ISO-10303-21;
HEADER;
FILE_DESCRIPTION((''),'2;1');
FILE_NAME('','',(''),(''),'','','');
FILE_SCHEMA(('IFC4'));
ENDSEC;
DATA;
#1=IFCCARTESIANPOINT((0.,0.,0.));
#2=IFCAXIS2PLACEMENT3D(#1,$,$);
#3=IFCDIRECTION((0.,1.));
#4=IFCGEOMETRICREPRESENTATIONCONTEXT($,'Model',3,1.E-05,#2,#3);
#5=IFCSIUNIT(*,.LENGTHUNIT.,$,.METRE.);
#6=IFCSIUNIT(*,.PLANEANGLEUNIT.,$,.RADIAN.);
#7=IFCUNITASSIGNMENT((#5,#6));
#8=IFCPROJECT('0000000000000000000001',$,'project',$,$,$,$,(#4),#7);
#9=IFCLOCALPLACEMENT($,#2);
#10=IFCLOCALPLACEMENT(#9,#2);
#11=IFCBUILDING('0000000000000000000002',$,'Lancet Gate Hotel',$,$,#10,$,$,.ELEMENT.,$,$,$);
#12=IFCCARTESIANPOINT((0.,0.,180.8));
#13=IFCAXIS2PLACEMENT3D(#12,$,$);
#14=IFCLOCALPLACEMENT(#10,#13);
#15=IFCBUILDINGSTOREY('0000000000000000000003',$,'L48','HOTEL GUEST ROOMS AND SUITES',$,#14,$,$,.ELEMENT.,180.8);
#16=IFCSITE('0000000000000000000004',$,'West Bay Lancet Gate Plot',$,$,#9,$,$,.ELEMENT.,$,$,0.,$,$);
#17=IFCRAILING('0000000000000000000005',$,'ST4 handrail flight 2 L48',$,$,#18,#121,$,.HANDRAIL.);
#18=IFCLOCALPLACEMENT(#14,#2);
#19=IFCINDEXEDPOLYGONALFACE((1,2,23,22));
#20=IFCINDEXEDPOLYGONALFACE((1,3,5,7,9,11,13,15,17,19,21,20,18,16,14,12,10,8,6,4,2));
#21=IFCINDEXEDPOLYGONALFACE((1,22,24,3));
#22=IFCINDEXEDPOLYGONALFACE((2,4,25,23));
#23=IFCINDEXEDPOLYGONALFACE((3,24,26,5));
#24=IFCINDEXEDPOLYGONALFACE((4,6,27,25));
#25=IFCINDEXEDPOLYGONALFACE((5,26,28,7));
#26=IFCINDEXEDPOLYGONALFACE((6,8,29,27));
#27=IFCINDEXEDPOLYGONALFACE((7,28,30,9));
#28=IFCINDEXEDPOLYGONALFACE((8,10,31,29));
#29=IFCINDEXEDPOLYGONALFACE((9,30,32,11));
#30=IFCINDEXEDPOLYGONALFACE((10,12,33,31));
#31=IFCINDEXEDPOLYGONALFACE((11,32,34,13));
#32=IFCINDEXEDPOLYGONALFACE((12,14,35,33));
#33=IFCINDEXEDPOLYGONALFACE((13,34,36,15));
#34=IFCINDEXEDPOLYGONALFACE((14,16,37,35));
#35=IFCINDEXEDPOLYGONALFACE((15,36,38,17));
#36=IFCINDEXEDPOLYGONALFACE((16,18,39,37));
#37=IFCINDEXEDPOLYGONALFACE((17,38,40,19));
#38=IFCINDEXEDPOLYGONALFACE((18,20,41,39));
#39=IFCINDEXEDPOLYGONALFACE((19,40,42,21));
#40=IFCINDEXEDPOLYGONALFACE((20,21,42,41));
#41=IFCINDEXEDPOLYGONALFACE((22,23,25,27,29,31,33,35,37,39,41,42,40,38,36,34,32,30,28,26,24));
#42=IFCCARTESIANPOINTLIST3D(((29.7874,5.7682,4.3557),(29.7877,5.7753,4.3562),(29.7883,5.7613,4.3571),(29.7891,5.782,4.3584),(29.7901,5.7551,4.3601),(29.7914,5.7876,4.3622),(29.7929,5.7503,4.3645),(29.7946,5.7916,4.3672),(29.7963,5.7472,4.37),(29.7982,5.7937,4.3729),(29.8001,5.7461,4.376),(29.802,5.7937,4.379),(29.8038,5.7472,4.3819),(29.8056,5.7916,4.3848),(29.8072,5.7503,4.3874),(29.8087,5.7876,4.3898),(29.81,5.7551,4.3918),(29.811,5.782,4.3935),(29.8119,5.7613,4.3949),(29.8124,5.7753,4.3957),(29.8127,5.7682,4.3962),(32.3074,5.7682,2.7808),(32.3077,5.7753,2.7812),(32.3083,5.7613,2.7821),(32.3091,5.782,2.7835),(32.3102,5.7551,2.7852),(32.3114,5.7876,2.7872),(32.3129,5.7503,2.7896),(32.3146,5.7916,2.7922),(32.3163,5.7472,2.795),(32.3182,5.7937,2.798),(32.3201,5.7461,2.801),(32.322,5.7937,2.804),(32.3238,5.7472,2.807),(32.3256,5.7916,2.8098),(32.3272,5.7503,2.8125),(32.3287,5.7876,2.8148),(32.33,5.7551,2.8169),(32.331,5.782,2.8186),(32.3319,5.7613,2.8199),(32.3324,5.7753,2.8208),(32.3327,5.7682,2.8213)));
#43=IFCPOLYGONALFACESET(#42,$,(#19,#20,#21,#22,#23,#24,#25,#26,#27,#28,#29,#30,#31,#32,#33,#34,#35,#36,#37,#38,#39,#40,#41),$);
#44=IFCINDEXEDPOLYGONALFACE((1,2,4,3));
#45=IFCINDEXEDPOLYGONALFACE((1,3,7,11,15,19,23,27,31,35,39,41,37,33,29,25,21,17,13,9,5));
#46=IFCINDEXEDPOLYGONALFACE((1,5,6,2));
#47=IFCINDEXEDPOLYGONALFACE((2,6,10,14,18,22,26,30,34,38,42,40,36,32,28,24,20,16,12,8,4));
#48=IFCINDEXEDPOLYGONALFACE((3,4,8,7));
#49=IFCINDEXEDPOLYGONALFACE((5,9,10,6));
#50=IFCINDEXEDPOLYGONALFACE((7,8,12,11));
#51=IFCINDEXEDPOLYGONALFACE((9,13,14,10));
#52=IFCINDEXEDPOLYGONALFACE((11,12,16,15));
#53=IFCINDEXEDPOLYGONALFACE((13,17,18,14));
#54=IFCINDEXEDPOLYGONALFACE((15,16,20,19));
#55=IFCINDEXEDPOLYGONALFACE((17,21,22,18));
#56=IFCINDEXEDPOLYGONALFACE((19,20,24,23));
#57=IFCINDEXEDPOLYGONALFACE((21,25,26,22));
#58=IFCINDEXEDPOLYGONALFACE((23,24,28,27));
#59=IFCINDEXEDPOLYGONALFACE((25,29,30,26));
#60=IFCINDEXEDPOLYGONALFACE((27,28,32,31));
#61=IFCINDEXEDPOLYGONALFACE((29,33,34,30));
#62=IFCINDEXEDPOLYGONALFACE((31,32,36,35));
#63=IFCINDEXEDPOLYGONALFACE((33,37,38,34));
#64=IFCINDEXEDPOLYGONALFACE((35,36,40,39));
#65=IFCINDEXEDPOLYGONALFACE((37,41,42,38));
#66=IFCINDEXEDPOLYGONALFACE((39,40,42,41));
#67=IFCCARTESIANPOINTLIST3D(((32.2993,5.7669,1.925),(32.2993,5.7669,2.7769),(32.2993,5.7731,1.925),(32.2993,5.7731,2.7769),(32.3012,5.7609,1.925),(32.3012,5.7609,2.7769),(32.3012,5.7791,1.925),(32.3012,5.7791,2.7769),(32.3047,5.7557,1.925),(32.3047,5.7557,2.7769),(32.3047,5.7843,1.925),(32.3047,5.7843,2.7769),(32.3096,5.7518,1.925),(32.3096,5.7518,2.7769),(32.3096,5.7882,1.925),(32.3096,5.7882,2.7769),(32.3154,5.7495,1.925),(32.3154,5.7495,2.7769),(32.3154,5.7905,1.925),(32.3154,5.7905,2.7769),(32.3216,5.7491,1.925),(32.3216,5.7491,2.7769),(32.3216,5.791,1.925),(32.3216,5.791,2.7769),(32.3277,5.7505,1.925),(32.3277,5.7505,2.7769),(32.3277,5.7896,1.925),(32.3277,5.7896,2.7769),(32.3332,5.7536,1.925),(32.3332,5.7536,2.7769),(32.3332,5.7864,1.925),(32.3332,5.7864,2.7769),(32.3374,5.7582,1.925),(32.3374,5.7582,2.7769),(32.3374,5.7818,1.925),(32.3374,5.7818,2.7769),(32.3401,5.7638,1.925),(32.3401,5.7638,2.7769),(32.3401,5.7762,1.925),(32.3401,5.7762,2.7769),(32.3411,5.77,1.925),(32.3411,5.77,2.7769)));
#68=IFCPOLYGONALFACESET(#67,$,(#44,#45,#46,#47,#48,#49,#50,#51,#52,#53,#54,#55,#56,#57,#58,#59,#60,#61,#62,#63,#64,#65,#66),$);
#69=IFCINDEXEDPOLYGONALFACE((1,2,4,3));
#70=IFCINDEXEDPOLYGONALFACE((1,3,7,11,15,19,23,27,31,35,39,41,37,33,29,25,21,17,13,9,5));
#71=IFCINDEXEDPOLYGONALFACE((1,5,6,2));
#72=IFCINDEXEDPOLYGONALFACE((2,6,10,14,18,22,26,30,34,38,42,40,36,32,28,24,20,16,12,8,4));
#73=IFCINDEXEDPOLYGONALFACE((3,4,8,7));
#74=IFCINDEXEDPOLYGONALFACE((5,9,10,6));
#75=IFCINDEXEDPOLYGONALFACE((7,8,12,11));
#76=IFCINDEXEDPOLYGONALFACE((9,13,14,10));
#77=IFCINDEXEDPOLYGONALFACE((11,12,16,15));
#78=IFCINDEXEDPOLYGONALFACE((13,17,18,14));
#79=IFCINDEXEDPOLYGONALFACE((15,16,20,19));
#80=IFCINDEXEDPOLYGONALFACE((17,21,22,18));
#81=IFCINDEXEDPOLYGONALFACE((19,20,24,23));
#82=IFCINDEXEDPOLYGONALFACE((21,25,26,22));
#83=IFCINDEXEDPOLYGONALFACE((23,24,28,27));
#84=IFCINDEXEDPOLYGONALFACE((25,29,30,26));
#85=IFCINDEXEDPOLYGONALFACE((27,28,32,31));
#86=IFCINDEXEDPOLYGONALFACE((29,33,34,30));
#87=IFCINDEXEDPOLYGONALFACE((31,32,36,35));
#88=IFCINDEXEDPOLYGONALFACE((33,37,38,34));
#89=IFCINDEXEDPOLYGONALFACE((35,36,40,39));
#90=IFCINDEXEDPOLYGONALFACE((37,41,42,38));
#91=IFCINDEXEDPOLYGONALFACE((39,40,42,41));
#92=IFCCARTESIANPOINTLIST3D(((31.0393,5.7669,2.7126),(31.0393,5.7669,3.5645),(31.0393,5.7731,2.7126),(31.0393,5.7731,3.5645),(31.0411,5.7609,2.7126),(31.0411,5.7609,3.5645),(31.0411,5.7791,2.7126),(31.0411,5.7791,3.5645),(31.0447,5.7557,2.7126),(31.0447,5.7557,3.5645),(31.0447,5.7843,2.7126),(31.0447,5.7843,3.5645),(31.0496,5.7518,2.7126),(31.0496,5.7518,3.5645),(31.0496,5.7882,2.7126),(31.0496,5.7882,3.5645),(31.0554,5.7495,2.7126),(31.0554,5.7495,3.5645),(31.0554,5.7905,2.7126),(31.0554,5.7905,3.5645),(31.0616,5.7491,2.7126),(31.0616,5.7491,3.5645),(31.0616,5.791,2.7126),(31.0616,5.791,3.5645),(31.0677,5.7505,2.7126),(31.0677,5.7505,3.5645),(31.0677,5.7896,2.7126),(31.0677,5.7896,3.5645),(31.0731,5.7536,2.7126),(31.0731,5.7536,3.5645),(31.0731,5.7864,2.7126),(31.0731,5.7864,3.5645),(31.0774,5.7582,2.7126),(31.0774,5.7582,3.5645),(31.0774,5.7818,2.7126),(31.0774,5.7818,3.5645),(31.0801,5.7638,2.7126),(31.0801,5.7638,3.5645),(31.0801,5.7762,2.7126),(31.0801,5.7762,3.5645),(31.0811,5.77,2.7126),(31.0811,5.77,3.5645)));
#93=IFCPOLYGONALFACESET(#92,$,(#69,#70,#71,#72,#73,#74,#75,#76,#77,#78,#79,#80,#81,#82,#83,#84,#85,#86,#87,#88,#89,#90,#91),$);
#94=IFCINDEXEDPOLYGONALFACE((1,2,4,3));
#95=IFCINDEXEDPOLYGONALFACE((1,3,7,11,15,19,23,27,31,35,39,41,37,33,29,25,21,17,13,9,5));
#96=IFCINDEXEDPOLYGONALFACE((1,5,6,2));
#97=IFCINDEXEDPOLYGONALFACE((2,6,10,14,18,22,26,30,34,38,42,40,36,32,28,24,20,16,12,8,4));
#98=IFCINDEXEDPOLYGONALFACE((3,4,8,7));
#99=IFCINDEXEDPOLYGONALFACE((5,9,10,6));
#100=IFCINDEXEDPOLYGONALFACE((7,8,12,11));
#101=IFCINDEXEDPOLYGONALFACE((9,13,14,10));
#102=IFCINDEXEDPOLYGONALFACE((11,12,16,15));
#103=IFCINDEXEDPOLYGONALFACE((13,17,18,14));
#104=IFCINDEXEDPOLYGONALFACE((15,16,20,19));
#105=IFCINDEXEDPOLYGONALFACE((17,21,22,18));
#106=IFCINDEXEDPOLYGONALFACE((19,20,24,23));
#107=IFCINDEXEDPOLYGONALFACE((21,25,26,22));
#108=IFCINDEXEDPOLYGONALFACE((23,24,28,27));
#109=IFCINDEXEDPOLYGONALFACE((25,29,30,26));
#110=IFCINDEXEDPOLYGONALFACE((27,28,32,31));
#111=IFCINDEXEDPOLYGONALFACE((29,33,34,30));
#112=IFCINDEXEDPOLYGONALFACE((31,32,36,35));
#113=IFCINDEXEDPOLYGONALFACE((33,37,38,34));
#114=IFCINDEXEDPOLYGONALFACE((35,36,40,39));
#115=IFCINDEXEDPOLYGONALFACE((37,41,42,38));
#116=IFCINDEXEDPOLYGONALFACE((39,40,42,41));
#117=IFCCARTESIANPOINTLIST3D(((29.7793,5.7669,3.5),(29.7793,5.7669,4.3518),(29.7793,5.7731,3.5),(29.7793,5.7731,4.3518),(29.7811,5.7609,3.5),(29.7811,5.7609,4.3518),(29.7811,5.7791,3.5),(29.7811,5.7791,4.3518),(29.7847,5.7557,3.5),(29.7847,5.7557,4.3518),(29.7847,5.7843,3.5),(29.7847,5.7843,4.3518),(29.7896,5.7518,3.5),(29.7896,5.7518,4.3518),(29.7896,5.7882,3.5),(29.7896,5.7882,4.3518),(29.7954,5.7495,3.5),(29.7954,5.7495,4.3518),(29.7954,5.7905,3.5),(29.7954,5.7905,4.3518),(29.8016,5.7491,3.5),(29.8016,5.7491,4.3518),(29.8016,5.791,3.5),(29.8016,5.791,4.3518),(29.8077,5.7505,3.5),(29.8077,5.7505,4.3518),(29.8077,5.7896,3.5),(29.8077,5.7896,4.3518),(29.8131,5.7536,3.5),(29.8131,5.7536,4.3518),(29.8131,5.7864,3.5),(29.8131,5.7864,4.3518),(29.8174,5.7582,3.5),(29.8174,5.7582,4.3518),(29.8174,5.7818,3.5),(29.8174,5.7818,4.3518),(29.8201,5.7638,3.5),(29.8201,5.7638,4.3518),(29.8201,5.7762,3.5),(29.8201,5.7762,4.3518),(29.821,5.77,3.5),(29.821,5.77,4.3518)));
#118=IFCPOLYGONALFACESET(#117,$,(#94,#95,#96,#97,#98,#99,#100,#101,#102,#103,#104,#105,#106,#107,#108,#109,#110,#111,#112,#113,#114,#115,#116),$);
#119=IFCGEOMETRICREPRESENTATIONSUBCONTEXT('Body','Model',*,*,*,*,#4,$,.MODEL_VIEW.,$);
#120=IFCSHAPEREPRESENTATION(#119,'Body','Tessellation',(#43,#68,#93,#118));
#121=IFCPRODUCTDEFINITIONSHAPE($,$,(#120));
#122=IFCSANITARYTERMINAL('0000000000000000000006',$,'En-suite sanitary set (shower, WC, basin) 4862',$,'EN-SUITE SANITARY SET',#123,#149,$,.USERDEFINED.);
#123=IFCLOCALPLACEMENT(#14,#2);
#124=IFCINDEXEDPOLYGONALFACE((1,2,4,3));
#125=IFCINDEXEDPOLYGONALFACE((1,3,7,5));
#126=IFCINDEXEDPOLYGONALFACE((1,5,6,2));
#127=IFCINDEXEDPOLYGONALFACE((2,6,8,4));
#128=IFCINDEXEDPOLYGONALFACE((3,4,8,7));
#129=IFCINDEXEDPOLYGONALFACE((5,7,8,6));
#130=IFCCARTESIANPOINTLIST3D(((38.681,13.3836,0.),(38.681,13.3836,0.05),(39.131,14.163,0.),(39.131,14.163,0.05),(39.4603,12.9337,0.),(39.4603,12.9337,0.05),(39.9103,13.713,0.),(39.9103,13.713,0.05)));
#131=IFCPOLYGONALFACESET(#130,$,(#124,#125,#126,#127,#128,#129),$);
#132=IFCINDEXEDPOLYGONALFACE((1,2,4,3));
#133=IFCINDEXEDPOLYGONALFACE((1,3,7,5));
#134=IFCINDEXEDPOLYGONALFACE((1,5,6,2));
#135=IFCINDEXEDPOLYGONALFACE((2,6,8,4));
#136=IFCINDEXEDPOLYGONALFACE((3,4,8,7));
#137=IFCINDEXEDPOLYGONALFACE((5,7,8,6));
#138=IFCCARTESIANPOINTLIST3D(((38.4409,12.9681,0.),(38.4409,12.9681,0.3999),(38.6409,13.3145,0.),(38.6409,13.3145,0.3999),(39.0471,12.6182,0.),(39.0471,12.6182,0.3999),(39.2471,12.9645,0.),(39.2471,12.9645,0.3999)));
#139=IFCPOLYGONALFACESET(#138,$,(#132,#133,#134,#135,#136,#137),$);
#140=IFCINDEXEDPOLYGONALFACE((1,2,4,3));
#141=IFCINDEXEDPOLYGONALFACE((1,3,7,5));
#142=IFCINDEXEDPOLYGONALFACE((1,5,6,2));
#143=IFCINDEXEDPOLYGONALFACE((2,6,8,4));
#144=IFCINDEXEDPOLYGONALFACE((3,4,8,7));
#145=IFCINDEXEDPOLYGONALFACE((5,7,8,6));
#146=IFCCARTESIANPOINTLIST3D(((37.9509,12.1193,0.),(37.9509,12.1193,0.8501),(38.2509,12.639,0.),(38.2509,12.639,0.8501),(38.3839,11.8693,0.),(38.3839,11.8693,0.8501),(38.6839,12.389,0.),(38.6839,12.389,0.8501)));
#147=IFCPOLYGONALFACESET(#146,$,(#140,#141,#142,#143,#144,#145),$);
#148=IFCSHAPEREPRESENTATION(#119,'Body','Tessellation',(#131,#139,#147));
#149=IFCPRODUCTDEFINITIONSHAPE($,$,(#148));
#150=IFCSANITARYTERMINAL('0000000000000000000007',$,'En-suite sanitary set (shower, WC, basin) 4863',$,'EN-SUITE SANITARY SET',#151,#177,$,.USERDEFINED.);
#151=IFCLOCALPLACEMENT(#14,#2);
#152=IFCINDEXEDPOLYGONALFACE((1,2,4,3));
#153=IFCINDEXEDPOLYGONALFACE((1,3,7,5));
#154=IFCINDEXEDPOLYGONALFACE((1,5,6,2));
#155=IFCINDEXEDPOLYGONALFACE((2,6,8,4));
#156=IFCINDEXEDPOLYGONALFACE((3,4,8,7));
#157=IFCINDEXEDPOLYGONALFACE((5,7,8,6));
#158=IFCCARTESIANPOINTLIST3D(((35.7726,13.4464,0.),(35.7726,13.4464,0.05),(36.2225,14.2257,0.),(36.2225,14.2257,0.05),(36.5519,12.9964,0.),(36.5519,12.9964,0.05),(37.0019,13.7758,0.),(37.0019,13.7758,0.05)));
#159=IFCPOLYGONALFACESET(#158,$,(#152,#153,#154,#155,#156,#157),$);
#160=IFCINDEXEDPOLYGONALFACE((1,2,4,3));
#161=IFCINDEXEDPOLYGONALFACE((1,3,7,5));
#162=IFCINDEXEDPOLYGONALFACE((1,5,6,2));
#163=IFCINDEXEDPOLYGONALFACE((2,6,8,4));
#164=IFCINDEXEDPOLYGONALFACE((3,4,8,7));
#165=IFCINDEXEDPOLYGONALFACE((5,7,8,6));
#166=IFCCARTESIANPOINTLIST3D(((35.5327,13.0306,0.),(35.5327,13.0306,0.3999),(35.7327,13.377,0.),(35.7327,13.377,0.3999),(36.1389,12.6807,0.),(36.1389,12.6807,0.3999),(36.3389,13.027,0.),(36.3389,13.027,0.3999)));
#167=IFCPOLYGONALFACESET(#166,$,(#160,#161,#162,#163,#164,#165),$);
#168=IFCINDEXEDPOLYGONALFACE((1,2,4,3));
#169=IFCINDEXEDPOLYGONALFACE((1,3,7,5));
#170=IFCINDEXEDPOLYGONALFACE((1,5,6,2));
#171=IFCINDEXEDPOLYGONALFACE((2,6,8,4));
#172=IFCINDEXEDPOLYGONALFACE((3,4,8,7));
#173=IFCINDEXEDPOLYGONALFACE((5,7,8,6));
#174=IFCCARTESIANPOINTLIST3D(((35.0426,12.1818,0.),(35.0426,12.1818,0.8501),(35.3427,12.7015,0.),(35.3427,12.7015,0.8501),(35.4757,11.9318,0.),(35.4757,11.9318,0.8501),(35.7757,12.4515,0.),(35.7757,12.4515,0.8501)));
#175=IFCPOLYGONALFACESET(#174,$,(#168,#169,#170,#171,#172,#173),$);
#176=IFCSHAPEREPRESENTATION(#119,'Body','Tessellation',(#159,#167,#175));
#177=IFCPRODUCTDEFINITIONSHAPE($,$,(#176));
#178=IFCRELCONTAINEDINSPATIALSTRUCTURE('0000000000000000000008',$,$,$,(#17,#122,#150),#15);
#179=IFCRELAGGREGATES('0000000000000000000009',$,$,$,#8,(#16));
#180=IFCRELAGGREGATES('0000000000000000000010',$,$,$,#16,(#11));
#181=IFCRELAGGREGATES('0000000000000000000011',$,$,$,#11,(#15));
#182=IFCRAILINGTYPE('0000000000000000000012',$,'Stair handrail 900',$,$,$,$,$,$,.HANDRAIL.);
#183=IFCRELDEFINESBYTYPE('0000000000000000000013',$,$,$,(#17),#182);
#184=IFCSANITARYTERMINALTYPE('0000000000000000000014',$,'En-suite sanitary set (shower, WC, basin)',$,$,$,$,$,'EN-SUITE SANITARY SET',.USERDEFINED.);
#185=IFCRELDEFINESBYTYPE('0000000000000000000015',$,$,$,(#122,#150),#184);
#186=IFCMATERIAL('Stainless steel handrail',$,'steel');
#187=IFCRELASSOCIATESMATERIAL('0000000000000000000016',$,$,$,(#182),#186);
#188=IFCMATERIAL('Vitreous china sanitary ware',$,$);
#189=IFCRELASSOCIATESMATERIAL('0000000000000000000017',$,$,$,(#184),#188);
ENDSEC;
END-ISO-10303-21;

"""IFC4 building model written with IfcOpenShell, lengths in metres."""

from ifc_helpers import new_model, si_unit, direction, frame, origin, origin_2d, place, context, subcontext, project, spatial, rectangle, circle, extrude, material, type_object, element, save


model = new_model("IFC4")

# Units and contexts
model_context = context("Model", 3, precision=1e-05, world=origin(), true_north=direction((0.0, 1.0)))
body_context = subcontext(model_context, "Body", "Model", "MODEL_VIEW")
ifc_project = project(units=[si_unit("LENGTHUNIT", "METRE"), si_unit("PLANEANGLEUNIT", "RADIAN")], contexts=[model_context])

# Site, building, storey
site_placement = place(None, origin())
site = spatial("IfcSite", under=ifc_project, at=site_placement, Name="West Bay Lancet Gate Plot", CompositionType="ELEMENT", RefElevation=0.0)
building_placement = place(site_placement, origin())
building = spatial("IfcBuilding", under=site, at=building_placement, Name="Lancet Gate Hotel", CompositionType="ELEMENT")
storey_placement = place(building_placement, frame((0.0, 0.0, 180.8)))
storey = spatial("IfcBuildingStorey", under=building, at=storey_placement, Name="L48", Description="HOTEL GUEST ROOMS AND SUITES", CompositionType="ELEMENT", Elevation=180.8)

# Railing
ifc_material_1 = material(Name="Stainless steel handrail", Category="steel")
railing_type = type_object("IfcRailingType", Name="Stair handrail 900", PredefinedType="HANDRAIL", material=ifc_material_1)
railing_placement = place(storey_placement, frame((32.3201, 5.77, 1.925)))
element("IfcRailing", 1, at=railing_placement, inside=storey, type_object=railing_type, Name="ST4 handrail flight 2 L48", PredefinedType="HANDRAIL", context=body_context, shape_type="SweptSolid", body=[
    extrude(circle(Radius=0.0239, at=origin_2d()), frame((0.0, 0.0, 0.876), z_axis=(-0.848008, 0.0, 0.529984), x_axis=(0.0, -1.0, 0.0)), (0.0, 0.0, 1.0), 2.9717),
    extrude(circle(Radius=0.021, at=origin_2d()), origin(), (0.0, 0.0, 1.0), 0.8518),
    extrude(circle(Radius=0.021, at=origin_2d()), frame((-1.26, 0.0, 0.7876)), (0.0, 0.0, 1.0), 0.8518),
    extrude(circle(Radius=0.021, at=origin_2d()), frame((-2.52, 0.0, 1.575)), (0.0, 0.0, 1.0), 0.8518),
])

# Sanitary terminals
ifc_material_2 = material(Name="Vitreous china sanitary ware")
sanitary_terminal_type = type_object("IfcSanitaryTerminalType", Name="En-suite sanitary set (shower, WC, basin)", ElementType="EN-SUITE SANITARY SET", PredefinedType="USERDEFINED", material=ifc_material_2)
sanitary_terminal_1_placement = place(storey_placement, frame((39.2957, 13.5483, 0.0), z_axis=(0.0, 0.0, 1.0), x_axis=(1.0, 0.0, 0.0)))
element("IfcSanitaryTerminal", 2, at=sanitary_terminal_1_placement, inside=storey, type_object=sanitary_terminal_type, Name="En-suite sanitary set (shower, WC, basin) 4862", ObjectType="EN-SUITE SANITARY SET", PredefinedType="USERDEFINED", context=body_context, shape_type="SweptSolid", body=[
    extrude(rectangle(XDim=0.8999, YDim=0.8999, at=origin_2d()), frame((0.0, 0.0, 0.0), z_axis=(0.0, 0.0, 1.0), x_axis=(0.5, 0.866025, 0.0)), (0.0, 0.0, 1.0), 0.05),
    extrude(rectangle(XDim=0.3999, YDim=0.7, at=origin_2d()), frame((-0.4517, -0.582, 0.0), z_axis=(0.0, 0.0, 1.0), x_axis=(0.5, 0.866025, 0.0)), (0.0, 0.0, 1.0), 0.3999),
    extrude(rectangle(XDim=0.6001, YDim=0.5, at=origin_2d()), frame((-0.9783, -1.2942, 0.0), z_axis=(0.0, 0.0, 1.0), x_axis=(0.5, 0.866025, 0.0)), (0.0, 0.0, 1.0), 0.8501),
])
sanitary_terminal_2_placement = place(storey_placement, frame((36.3872, 13.6111, 0.0), z_axis=(0.0, 0.0, 1.0), x_axis=(1.0, 0.0, 0.0)))
element("IfcSanitaryTerminal", 3, at=sanitary_terminal_2_placement, inside=storey, type_object=sanitary_terminal_type, Name="En-suite sanitary set (shower, WC, basin) 4863", ObjectType="EN-SUITE SANITARY SET", PredefinedType="USERDEFINED", context=body_context, shape_type="SweptSolid", body=[
    extrude(rectangle(XDim=0.8999, YDim=0.8999, at=origin_2d()), frame((0.0, 0.0, 0.0), z_axis=(0.0, 0.0, 1.0), x_axis=(0.5, 0.866025, 0.0)), (0.0, 0.0, 1.0), 0.05),
    extrude(rectangle(XDim=0.3999, YDim=0.7, at=origin_2d()), frame((-0.4514, -0.5823, 0.0), z_axis=(0.0, 0.0, 1.0), x_axis=(0.5, 0.866025, 0.0)), (0.0, 0.0, 1.0), 0.3999),
    extrude(rectangle(XDim=0.6001, YDim=0.5, at=origin_2d()), frame((-0.978, -1.2944, 0.0), z_axis=(0.0, 0.0, 1.0), x_axis=(0.5, 0.866025, 0.0)), (0.0, 0.0, 1.0), 0.8501),
])

save(model, "model.ifc")
